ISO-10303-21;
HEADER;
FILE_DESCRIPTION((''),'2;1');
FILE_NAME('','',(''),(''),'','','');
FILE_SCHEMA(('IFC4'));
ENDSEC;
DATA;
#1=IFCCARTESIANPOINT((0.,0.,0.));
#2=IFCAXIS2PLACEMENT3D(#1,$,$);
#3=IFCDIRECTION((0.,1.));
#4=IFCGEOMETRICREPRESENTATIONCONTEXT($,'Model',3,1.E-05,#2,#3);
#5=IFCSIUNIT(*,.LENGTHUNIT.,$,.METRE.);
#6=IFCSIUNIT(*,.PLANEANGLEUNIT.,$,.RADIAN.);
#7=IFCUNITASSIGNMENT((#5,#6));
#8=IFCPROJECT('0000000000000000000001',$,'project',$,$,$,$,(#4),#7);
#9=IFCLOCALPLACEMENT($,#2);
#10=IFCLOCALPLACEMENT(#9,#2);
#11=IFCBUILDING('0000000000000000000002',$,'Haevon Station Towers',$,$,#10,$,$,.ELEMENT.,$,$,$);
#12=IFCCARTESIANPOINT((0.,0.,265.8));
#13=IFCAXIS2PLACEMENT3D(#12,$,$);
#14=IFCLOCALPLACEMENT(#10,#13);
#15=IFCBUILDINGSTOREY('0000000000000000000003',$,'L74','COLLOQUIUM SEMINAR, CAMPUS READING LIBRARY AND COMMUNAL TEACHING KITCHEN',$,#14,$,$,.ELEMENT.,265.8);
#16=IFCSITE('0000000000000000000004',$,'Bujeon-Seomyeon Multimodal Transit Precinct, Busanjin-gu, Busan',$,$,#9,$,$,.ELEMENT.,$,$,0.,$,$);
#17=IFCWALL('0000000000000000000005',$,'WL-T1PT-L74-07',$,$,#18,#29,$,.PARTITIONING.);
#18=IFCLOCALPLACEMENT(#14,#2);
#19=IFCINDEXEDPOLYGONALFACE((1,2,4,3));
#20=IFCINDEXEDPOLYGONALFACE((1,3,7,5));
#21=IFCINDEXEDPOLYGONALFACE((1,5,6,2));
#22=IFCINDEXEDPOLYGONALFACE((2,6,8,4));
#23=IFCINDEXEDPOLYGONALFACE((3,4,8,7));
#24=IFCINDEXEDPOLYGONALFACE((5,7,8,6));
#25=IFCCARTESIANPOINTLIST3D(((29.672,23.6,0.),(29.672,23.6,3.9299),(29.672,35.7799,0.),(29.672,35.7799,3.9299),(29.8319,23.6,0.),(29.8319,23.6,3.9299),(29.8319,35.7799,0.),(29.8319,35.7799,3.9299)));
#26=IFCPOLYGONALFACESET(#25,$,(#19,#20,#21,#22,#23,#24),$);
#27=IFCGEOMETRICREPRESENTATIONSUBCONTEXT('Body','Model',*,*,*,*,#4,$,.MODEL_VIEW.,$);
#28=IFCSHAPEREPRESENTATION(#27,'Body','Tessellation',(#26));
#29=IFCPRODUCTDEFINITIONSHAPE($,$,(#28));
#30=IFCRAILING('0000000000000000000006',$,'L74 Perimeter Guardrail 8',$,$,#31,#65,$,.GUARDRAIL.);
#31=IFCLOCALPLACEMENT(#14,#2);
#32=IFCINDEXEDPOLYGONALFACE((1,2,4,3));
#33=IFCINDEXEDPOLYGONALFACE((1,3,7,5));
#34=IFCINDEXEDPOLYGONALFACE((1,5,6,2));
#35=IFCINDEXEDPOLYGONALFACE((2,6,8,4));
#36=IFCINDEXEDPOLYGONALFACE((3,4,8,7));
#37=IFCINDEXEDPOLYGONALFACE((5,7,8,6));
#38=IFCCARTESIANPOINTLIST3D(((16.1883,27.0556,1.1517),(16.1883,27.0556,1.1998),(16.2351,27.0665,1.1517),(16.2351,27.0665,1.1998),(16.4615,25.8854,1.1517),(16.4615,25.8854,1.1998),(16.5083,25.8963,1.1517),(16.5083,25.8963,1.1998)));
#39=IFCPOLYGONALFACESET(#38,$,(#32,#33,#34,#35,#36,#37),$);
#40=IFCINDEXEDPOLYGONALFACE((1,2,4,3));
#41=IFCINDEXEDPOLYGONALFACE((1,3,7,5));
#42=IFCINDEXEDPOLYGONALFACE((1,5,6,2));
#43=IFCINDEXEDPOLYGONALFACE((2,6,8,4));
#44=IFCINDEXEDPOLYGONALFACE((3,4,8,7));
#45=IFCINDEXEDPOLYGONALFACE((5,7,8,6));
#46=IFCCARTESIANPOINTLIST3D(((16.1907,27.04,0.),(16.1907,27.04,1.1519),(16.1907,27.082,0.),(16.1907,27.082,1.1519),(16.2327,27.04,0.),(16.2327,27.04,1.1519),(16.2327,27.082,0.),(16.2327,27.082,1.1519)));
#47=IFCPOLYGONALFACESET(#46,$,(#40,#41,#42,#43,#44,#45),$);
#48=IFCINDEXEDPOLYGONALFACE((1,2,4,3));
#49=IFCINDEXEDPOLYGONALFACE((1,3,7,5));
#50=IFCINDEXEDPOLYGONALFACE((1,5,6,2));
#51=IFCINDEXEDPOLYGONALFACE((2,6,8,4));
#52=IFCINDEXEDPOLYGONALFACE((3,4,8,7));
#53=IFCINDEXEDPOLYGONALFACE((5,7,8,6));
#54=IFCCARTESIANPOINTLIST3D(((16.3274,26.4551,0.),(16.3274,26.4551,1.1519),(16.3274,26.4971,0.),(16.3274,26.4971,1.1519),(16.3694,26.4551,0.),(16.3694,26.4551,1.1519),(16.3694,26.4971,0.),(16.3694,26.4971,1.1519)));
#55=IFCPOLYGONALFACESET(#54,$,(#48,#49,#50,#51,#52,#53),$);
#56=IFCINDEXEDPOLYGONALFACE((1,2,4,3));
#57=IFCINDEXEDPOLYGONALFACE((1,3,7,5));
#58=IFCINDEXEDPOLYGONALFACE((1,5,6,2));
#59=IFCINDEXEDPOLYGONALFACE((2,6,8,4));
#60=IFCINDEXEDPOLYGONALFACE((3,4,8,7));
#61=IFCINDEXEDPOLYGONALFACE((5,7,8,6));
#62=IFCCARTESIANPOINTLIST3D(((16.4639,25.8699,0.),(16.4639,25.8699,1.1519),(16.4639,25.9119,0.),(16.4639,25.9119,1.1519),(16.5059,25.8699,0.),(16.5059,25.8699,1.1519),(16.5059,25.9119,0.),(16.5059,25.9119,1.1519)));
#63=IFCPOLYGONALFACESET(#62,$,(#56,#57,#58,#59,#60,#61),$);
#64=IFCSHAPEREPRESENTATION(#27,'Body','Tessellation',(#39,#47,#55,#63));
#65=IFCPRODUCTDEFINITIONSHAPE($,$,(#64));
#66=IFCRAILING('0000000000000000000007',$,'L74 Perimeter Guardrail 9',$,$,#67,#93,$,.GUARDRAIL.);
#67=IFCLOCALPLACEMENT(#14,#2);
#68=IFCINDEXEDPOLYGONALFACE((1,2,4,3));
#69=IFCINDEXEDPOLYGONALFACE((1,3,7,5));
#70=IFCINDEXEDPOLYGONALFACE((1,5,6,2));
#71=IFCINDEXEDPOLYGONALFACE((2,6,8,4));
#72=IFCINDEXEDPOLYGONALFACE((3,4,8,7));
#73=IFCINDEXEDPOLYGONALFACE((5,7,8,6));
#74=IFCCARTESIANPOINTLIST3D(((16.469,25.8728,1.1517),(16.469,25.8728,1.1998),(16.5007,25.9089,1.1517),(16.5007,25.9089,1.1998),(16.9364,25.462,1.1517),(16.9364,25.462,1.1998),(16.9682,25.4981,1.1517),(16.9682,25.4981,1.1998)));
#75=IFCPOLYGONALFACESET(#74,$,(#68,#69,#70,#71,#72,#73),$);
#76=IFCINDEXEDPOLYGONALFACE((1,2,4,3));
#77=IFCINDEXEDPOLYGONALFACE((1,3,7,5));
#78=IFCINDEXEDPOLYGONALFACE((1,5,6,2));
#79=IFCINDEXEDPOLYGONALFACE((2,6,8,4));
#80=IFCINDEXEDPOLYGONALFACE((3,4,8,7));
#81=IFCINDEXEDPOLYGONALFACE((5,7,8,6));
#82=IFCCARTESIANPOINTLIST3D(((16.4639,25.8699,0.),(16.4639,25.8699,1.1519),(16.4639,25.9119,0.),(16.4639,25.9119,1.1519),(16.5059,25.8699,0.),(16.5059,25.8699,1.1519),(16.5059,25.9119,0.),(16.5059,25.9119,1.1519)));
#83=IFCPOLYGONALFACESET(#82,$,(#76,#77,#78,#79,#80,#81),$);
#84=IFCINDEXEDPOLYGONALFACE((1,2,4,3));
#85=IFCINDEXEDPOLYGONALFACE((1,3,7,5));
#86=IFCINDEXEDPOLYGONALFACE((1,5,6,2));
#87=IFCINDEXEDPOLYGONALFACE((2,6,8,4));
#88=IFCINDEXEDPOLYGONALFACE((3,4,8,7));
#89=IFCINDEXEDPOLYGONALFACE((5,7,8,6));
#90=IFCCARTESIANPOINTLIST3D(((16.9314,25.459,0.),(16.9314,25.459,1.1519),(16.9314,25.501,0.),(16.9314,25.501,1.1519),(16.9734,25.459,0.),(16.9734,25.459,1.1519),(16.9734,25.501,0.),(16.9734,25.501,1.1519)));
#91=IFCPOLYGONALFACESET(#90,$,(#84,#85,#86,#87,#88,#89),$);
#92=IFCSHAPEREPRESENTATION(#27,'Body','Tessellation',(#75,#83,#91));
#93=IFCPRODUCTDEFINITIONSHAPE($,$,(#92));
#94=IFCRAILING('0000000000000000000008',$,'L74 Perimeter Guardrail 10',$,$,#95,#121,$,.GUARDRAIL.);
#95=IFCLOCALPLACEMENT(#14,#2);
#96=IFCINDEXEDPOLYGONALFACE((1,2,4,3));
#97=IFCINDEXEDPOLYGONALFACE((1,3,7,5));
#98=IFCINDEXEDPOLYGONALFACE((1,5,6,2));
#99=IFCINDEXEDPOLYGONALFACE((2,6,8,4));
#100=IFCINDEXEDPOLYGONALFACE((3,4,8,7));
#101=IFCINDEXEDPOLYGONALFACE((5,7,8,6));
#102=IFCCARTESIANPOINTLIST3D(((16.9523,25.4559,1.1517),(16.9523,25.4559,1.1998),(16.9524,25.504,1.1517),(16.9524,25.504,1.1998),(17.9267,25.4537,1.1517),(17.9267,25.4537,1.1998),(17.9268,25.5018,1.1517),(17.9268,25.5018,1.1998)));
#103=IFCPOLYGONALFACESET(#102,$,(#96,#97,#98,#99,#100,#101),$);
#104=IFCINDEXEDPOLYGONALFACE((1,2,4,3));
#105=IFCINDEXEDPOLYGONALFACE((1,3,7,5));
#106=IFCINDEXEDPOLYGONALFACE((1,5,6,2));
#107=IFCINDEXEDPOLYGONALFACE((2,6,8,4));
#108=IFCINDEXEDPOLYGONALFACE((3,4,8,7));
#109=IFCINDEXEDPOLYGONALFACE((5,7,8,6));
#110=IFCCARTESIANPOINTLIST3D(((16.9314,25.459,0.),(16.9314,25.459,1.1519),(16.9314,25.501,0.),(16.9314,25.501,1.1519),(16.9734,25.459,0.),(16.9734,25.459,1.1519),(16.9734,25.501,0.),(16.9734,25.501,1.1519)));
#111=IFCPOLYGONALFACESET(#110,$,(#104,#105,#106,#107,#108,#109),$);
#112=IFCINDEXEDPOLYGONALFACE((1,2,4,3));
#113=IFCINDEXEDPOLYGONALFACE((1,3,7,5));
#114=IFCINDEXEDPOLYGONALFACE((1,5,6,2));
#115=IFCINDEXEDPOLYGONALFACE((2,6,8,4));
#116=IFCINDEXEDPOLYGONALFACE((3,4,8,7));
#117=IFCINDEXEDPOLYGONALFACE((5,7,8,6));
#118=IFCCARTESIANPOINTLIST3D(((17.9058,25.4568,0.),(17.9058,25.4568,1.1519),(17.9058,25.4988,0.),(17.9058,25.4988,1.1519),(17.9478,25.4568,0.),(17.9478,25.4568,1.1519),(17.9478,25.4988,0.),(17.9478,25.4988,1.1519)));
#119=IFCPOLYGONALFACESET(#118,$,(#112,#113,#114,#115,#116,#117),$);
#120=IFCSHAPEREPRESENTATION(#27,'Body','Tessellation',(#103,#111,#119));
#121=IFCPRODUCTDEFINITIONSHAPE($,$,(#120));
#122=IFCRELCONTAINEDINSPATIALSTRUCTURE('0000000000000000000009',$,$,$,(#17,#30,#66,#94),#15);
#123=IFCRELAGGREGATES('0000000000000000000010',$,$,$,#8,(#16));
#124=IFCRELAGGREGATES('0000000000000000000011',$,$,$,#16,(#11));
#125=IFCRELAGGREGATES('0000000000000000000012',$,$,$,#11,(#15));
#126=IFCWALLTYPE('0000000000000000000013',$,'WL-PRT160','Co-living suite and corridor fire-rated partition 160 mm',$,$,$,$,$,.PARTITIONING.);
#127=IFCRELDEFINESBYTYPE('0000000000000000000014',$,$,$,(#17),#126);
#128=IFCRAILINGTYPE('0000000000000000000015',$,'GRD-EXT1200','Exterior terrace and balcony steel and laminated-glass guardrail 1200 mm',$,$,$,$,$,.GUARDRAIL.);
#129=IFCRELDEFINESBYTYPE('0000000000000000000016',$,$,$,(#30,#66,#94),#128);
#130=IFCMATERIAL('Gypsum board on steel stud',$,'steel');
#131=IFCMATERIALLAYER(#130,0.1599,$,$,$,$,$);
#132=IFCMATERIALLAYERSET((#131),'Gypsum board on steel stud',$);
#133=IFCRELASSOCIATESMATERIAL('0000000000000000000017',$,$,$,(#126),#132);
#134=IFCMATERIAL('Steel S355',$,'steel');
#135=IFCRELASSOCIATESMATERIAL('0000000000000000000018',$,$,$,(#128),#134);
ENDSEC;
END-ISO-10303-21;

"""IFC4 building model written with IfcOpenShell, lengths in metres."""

from ifc_helpers import new_model, si_unit, direction, frame, frame_2d, origin, origin_2d, place, context, subcontext, project, spatial, rectangle, extrude, material, layer, layer_set, type_object, element, save


model = new_model("IFC4")

# Units and contexts
model_context = context("Model", 3, precision=1e-05, world=origin(), true_north=direction((0.0, 1.0)))
body_context = subcontext(model_context, "Body", "Model", "MODEL_VIEW")
ifc_project = project(units=[si_unit("LENGTHUNIT", "METRE"), si_unit("PLANEANGLEUNIT", "RADIAN")], contexts=[model_context])

# Site, building, storey
site_placement = place(None, origin())
site = spatial("IfcSite", under=ifc_project, at=site_placement, Name="Bujeon-Seomyeon Multimodal Transit Precinct, Busanjin-gu, Busan", CompositionType="ELEMENT", RefElevation=0.0)
building_placement = place(site_placement, origin())
building = spatial("IfcBuilding", under=site, at=building_placement, Name="Haevon Station Towers", CompositionType="ELEMENT")
storey_placement = place(building_placement, frame((0.0, 0.0, 265.8)))
storey = spatial("IfcBuildingStorey", under=building, at=storey_placement, Name="L74", Description="COLLOQUIUM SEMINAR, CAMPUS READING LIBRARY AND COMMUNAL TEACHING KITCHEN", CompositionType="ELEMENT", Elevation=265.8)

# Shared definitions
ifc_material_1 = material(Name="Steel S355", Category="steel")

# Shared definitions
ifc_material_2 = material(Name="Gypsum board on steel stud", Category="steel")
ifc_layer_1 = layer(ifc_material_2, 0.1599)
ifc_layer_set_1 = layer_set([ifc_layer_1], Name="Gypsum board on steel stud")
wall_type_1 = type_object("IfcWallType", Name="WL-PRT160", Description="Co-living suite and corridor fire-rated partition 160 mm", PredefinedType="PARTITIONING", material=ifc_layer_set_1)

# Wall
wall_1_placement = place(storey_placement, frame((29.752, 23.6001, 0.0), z_axis=(0.0, 0.0, 1.0), x_axis=(0.0, 1.0, 0.0)))
element("IfcWall", 1, at=wall_1_placement, inside=storey, type_object=wall_type_1, Name="WL-T1PT-L74-07", PredefinedType="PARTITIONING", context=body_context, shape_type="SweptSolid", body=[
    extrude(rectangle(XDim=12.1799, YDim=0.1599, at=frame_2d((6.0898, 0.0))), origin(), (0.0, 0.0, 1.0), 3.9299),
])

# Railings
railing_type = type_object("IfcRailingType", Name="GRD-EXT1200", Description="Exterior terrace and balcony steel and laminated-glass guardrail 1200 mm", PredefinedType="GUARDRAIL", material=ifc_material_1)
railing_1_placement = place(storey_placement, frame((16.2117, 27.061, 0.0)))
element("IfcRailing", 2, at=railing_1_placement, inside=storey, type_object=railing_type, Name="L74 Perimeter Guardrail 8", PredefinedType="GUARDRAIL", context=body_context, shape_type="SweptSolid", body=[
    extrude(rectangle(XDim=0.0481, YDim=0.0481, at=origin_2d()), frame((0.0, 0.0, 1.1758), z_axis=(0.227352, -0.973813, 0.0), x_axis=(0.973813, 0.227352, 0.0)), (0.0, 0.0, 1.0), 1.2017),
    extrude(rectangle(XDim=0.042, YDim=0.042, at=origin_2d()), origin(), (0.0, 0.0, 1.0), 1.1519),
    extrude(rectangle(XDim=0.042, YDim=0.042, at=origin_2d()), frame((0.1367, -0.585, 0.0)), (0.0, 0.0, 1.0), 1.1519),
    extrude(rectangle(XDim=0.042, YDim=0.042, at=origin_2d()), frame((0.2732, -1.1702, 0.0)), (0.0, 0.0, 1.0), 1.1519),
])
railing_2_placement = place(storey_placement, frame((16.4849, 25.8909, 0.0)))
element("IfcRailing", 3, at=railing_2_placement, inside=storey, type_object=railing_type, Name="L74 Perimeter Guardrail 9", PredefinedType="GUARDRAIL", context=body_context, shape_type="SweptSolid", body=[
    extrude(rectangle(XDim=0.0481, YDim=0.0481, at=origin_2d()), frame((0.0, 0.0, 1.1758), z_axis=(0.751141, -0.660141, 0.0), x_axis=(0.660141, 0.751141, 0.0)), (0.0, 0.0, 1.0), 0.6223),
    extrude(rectangle(XDim=0.042, YDim=0.042, at=origin_2d()), origin(), (0.0, 0.0, 1.0), 1.1519),
    extrude(rectangle(XDim=0.042, YDim=0.042, at=origin_2d()), frame((0.4675, -0.4109, 0.0)), (0.0, 0.0, 1.0), 1.1519),
])
railing_3_placement = place(storey_placement, frame((16.9524, 25.48, 0.0)))
element("IfcRailing", 4, at=railing_3_placement, inside=storey, type_object=railing_type, Name="L74 Perimeter Guardrail 10", PredefinedType="GUARDRAIL", context=body_context, shape_type="SweptSolid", body=[
    extrude(rectangle(XDim=0.0481, YDim=0.0481, at=origin_2d()), frame((0.0, 0.0, 1.1758), z_axis=(0.999997, -0.002255, 0.0), x_axis=(0.002255, 0.999997, 0.0)), (0.0, 0.0, 1.0), 0.9744),
    extrude(rectangle(XDim=0.042, YDim=0.042, at=origin_2d()), origin(), (0.0, 0.0, 1.0), 1.1519),
    extrude(rectangle(XDim=0.042, YDim=0.042, at=origin_2d()), frame((0.9744, -0.0022, 0.0)), (0.0, 0.0, 1.0), 1.1519),
])

save(model, "model.ifc")
